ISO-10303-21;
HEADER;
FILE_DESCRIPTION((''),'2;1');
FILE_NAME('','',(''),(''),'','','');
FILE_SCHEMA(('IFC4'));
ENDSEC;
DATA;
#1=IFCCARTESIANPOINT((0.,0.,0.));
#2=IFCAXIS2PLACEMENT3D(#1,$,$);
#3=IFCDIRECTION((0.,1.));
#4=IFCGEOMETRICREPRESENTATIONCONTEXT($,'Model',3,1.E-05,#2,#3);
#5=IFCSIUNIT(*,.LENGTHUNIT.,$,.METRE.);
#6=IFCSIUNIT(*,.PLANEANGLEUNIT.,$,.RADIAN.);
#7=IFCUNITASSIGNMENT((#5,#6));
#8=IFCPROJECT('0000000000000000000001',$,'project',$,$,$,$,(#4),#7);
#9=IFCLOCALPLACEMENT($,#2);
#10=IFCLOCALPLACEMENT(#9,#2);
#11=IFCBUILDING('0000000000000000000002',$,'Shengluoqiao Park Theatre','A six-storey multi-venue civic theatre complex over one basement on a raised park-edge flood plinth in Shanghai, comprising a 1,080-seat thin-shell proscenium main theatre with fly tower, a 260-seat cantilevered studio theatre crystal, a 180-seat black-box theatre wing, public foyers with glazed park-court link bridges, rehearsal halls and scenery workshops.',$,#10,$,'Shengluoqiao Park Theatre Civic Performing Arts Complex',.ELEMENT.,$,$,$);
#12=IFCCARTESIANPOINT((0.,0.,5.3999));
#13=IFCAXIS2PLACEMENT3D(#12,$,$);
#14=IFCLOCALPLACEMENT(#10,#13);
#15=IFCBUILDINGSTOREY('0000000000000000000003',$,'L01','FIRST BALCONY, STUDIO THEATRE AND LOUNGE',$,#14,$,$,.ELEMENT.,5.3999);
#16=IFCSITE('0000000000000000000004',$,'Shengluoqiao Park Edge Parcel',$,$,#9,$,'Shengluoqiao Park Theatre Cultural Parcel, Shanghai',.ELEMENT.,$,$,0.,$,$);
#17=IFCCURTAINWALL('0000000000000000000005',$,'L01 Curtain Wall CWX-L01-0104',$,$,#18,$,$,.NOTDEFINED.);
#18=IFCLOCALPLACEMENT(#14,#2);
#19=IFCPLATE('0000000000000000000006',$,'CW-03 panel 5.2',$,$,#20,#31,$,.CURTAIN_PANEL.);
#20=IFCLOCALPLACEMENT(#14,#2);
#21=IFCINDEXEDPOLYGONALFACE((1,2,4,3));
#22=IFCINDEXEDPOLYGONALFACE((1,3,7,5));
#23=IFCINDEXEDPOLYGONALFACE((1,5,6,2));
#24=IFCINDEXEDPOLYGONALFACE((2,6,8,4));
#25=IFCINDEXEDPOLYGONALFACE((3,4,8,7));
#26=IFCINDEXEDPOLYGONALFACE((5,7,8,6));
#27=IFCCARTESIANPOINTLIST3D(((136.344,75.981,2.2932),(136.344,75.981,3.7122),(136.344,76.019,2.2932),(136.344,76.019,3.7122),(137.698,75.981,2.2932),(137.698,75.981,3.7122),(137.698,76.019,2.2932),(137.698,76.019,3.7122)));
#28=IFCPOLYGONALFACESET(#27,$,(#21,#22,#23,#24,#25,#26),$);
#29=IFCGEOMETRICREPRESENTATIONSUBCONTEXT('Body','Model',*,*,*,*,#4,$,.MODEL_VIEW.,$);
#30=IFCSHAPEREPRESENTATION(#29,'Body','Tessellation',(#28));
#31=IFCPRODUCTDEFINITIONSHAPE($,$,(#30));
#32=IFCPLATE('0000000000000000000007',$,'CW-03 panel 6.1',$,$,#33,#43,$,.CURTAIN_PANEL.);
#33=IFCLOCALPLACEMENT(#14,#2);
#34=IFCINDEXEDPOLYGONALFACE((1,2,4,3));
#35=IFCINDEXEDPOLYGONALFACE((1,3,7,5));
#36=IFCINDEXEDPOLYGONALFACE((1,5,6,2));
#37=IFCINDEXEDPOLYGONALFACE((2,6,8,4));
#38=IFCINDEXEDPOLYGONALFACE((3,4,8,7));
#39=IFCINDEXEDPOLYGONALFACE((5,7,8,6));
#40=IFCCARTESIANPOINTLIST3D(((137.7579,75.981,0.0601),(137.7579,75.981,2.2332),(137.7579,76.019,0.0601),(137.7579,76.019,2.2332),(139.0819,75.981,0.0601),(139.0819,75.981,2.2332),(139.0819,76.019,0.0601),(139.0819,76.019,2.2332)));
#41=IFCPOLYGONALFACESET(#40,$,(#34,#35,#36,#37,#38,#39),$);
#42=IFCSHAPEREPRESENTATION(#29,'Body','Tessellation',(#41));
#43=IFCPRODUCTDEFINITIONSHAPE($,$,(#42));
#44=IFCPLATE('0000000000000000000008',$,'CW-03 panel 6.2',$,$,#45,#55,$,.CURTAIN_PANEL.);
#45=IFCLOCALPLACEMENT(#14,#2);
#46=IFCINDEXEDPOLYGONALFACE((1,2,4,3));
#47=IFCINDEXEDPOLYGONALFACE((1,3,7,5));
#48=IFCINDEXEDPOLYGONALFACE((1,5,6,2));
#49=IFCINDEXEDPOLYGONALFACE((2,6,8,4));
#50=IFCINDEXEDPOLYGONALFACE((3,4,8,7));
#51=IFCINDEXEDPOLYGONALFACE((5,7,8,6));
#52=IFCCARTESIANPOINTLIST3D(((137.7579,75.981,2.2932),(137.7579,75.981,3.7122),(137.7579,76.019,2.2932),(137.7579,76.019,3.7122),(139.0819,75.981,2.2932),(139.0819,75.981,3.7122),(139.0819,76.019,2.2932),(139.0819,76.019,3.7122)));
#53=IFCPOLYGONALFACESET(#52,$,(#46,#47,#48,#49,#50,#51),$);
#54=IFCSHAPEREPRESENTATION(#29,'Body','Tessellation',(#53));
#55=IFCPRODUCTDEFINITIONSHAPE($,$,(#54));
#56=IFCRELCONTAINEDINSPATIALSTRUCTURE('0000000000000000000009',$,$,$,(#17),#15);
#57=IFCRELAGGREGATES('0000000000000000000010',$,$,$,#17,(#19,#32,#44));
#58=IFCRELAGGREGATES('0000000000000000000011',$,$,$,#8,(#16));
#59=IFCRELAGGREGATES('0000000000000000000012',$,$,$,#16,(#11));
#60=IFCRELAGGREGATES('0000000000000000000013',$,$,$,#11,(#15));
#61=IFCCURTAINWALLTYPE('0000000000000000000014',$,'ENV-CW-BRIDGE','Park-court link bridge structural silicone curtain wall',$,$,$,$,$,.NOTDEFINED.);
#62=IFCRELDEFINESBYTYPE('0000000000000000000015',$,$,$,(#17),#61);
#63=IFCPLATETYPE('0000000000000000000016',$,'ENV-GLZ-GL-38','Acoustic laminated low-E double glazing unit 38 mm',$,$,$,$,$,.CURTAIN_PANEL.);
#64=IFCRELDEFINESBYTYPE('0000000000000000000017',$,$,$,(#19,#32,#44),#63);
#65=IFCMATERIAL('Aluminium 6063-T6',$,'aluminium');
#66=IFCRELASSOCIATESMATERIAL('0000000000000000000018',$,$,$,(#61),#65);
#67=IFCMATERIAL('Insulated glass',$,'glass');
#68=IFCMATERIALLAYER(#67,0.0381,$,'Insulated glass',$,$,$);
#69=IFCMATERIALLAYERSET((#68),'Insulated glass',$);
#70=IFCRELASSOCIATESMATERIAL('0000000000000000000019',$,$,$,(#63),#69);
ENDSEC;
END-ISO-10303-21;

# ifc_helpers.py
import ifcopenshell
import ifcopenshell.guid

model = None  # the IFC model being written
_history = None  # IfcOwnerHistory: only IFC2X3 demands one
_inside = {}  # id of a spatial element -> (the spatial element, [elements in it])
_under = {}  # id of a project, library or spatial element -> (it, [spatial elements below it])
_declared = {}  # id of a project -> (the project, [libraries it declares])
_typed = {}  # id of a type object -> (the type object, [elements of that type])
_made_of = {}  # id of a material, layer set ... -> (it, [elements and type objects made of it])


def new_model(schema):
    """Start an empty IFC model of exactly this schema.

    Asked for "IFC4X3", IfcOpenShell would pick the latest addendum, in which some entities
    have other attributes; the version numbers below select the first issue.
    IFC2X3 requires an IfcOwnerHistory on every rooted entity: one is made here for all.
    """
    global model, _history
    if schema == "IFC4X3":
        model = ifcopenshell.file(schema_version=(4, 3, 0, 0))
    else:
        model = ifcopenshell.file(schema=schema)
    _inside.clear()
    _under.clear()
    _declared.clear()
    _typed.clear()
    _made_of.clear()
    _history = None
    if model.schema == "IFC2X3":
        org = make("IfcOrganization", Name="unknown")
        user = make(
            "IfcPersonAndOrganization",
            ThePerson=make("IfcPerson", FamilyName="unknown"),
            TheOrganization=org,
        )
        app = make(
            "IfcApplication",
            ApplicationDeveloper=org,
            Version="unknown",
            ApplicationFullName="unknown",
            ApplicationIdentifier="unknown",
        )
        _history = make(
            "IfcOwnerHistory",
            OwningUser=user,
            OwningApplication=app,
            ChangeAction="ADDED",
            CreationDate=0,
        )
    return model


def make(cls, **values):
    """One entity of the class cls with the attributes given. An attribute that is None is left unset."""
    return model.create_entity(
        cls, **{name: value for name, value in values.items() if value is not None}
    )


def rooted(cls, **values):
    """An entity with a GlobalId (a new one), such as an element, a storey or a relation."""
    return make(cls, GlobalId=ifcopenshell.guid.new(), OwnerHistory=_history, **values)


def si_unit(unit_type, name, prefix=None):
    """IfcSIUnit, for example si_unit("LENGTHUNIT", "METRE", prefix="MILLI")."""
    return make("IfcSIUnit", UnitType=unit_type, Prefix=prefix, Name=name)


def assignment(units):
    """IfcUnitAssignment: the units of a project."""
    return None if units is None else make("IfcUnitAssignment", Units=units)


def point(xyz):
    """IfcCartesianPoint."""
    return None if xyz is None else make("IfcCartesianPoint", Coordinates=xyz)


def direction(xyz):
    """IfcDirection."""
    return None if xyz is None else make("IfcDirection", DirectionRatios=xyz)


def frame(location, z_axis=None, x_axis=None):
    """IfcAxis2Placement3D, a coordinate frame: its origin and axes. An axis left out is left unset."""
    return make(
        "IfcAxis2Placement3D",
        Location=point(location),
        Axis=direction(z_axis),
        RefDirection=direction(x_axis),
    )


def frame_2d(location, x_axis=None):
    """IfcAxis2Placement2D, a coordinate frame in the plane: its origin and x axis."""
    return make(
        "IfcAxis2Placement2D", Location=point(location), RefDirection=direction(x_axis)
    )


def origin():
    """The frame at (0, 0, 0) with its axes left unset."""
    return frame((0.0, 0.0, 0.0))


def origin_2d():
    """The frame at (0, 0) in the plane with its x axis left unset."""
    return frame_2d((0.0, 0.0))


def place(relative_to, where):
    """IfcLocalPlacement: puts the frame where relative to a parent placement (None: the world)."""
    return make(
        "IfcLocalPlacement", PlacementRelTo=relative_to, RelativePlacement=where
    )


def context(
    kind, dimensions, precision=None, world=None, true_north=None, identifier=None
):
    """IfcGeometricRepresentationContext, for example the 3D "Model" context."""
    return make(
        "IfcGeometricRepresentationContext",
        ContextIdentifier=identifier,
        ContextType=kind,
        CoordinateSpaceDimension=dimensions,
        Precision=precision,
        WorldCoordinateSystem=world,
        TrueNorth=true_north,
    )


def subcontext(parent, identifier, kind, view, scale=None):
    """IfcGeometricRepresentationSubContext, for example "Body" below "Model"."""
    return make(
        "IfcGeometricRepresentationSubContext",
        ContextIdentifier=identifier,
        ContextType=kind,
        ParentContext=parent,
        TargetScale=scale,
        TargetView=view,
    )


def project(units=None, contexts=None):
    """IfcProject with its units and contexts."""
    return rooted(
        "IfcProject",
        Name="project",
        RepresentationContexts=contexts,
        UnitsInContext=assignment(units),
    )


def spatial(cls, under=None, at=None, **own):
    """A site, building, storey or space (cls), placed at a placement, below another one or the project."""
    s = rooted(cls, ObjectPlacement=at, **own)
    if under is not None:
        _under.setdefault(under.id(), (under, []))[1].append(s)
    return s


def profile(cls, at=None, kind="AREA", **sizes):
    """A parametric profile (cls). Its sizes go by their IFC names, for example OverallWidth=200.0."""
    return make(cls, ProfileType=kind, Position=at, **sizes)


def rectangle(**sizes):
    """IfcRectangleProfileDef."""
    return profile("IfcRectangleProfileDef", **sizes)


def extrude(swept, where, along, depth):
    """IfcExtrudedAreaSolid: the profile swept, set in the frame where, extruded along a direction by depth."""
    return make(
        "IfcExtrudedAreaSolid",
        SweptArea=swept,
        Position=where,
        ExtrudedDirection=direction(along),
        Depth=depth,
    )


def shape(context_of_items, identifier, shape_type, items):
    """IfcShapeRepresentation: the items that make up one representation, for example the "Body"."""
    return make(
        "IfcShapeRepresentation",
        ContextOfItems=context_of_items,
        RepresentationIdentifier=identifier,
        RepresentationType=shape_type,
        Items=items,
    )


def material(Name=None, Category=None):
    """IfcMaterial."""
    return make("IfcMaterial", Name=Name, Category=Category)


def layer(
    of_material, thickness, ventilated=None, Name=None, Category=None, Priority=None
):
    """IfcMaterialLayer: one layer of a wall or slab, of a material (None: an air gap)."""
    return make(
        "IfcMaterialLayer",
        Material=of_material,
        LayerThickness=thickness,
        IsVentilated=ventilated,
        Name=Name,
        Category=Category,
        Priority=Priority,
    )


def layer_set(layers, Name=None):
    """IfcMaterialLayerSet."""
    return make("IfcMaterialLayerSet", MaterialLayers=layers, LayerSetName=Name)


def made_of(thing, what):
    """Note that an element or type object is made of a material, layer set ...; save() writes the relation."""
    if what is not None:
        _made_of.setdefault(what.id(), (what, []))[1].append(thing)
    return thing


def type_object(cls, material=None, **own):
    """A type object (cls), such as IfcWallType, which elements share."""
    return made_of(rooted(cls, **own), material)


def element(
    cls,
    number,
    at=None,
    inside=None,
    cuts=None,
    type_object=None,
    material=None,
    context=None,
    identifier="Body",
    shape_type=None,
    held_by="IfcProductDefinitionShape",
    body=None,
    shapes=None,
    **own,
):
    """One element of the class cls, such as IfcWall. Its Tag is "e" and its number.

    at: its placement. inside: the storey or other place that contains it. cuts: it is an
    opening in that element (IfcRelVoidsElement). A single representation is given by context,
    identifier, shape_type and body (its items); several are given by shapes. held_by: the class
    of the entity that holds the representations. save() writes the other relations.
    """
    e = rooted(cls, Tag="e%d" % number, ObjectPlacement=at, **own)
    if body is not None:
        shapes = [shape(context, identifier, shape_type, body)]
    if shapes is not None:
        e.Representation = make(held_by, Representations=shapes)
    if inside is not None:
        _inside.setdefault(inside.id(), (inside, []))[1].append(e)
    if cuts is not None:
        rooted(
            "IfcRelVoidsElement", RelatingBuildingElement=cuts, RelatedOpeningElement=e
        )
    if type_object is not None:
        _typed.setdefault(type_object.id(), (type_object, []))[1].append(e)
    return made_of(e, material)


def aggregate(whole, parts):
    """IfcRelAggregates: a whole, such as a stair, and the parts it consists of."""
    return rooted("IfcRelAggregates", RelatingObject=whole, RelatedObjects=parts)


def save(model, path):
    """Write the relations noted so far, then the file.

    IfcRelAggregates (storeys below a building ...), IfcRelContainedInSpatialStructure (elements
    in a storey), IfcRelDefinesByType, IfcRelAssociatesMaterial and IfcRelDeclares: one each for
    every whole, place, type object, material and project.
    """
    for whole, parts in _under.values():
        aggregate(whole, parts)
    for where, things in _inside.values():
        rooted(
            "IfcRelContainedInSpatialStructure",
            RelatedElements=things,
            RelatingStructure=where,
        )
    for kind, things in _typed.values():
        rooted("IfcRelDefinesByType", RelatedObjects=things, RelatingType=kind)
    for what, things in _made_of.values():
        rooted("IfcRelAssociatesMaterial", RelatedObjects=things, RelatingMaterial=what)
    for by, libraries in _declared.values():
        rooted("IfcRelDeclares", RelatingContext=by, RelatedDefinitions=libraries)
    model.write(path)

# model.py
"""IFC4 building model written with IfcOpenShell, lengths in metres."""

from ifc_helpers import new_model, si_unit, direction, frame, origin, origin_2d, place, context, subcontext, project, spatial, rectangle, extrude, material, layer, layer_set, type_object, element, aggregate, save


model = new_model("IFC4")

# Units and contexts
model_context = context("Model", 3, precision=1e-05, world=origin(), true_north=direction((0.0, 1.0)))
body_context = subcontext(model_context, "Body", "Model", "MODEL_VIEW")
ifc_project = project(units=[si_unit("LENGTHUNIT", "METRE"), si_unit("PLANEANGLEUNIT", "RADIAN")], contexts=[model_context])

# Site, building, storey
site_placement = place(None, origin())
site = spatial("IfcSite", under=ifc_project, at=site_placement, Name="Shengluoqiao Park Edge Parcel", LongName="Shengluoqiao Park Theatre Cultural Parcel, Shanghai", CompositionType="ELEMENT", RefElevation=0.0)
building_placement = place(site_placement, origin())
building = spatial("IfcBuilding", under=site, at=building_placement, Name="Shengluoqiao Park Theatre", Description="A six-storey multi-venue civic theatre complex over one basement on a raised park-edge flood plinth in Shanghai, comprising a 1,080-seat thin-shell proscenium main theatre with fly tower, a 260-seat cantilevered studio theatre crystal, a 180-seat black-box theatre wing, public foyers with glazed park-court link bridges, rehearsal halls and scenery workshops.", LongName="Shengluoqiao Park Theatre Civic Performing Arts Complex", CompositionType="ELEMENT")
storey_placement = place(building_placement, frame((0.0, 0.0, 5.3999)))
storey = spatial("IfcBuildingStorey", under=building, at=storey_placement, Name="L01", Description="FIRST BALCONY, STUDIO THEATRE AND LOUNGE", CompositionType="ELEMENT", Elevation=5.3999)

# Curtain wall
ifc_material_1 = material(Name="Aluminium 6063-T6", Category="aluminium")
curtain_wall_type = type_object("IfcCurtainWallType", Name="ENV-CW-BRIDGE", Description="Park-court link bridge structural silicone curtain wall", PredefinedType="NOTDEFINED", material=ifc_material_1)
curtain_wall_placement = place(storey_placement, origin())
curtain_wall = element("IfcCurtainWall", 1, at=curtain_wall_placement, inside=storey, type_object=curtain_wall_type, Name="L01 Curtain Wall CWX-L01-0104", PredefinedType="NOTDEFINED")

# Plates
ifc_material_2 = material(Name="Insulated glass", Category="glass")
ifc_layer = layer(ifc_material_2, 0.0381, Name="Insulated glass")
ifc_layer_set = layer_set([ifc_layer], Name="Insulated glass")
plate_type = type_object("IfcPlateType", Name="ENV-GLZ-GL-38", Description="Acoustic laminated low-E double glazing unit 38 mm", PredefinedType="CURTAIN_PANEL", material=ifc_layer_set)
plate_1_placement = place(storey_placement, frame((137.021, 76.0, 2.2932), z_axis=(0.0, 0.0, 1.0), x_axis=(1.0, 0.0, 0.0)))
plate_1 = element("IfcPlate", 2, at=plate_1_placement, type_object=plate_type, Name="CW-03 panel 5.2", PredefinedType="CURTAIN_PANEL", context=body_context, shape_type="SweptSolid", body=[
    extrude(rectangle(XDim=1.354, YDim=0.0381, at=origin_2d()), origin(), (0.0, 0.0, 1.0), 1.4189),
])
plate_2_placement = place(storey_placement, frame((138.4199, 76.0, 0.0601), z_axis=(0.0, 0.0, 1.0), x_axis=(1.0, 0.0, 0.0)))
plate_2 = element("IfcPlate", 3, at=plate_2_placement, type_object=plate_type, Name="CW-03 panel 6.1", PredefinedType="CURTAIN_PANEL", context=body_context, shape_type="SweptSolid", body=[
    extrude(rectangle(XDim=1.324, YDim=0.0381, at=origin_2d()), origin(), (0.0, 0.0, 1.0), 2.1731),
])
plate_3_placement = place(storey_placement, frame((138.4199, 76.0, 2.2932), z_axis=(0.0, 0.0, 1.0), x_axis=(1.0, 0.0, 0.0)))
plate_3 = element("IfcPlate", 4, at=plate_3_placement, type_object=plate_type, Name="CW-03 panel 6.2", PredefinedType="CURTAIN_PANEL", context=body_context, shape_type="SweptSolid", body=[
    extrude(rectangle(XDim=1.324, YDim=0.0381, at=origin_2d()), origin(), (0.0, 0.0, 1.0), 1.4189),
])
aggregate(curtain_wall, [plate_1, plate_2, plate_3])

save(model, "model.ifc")
